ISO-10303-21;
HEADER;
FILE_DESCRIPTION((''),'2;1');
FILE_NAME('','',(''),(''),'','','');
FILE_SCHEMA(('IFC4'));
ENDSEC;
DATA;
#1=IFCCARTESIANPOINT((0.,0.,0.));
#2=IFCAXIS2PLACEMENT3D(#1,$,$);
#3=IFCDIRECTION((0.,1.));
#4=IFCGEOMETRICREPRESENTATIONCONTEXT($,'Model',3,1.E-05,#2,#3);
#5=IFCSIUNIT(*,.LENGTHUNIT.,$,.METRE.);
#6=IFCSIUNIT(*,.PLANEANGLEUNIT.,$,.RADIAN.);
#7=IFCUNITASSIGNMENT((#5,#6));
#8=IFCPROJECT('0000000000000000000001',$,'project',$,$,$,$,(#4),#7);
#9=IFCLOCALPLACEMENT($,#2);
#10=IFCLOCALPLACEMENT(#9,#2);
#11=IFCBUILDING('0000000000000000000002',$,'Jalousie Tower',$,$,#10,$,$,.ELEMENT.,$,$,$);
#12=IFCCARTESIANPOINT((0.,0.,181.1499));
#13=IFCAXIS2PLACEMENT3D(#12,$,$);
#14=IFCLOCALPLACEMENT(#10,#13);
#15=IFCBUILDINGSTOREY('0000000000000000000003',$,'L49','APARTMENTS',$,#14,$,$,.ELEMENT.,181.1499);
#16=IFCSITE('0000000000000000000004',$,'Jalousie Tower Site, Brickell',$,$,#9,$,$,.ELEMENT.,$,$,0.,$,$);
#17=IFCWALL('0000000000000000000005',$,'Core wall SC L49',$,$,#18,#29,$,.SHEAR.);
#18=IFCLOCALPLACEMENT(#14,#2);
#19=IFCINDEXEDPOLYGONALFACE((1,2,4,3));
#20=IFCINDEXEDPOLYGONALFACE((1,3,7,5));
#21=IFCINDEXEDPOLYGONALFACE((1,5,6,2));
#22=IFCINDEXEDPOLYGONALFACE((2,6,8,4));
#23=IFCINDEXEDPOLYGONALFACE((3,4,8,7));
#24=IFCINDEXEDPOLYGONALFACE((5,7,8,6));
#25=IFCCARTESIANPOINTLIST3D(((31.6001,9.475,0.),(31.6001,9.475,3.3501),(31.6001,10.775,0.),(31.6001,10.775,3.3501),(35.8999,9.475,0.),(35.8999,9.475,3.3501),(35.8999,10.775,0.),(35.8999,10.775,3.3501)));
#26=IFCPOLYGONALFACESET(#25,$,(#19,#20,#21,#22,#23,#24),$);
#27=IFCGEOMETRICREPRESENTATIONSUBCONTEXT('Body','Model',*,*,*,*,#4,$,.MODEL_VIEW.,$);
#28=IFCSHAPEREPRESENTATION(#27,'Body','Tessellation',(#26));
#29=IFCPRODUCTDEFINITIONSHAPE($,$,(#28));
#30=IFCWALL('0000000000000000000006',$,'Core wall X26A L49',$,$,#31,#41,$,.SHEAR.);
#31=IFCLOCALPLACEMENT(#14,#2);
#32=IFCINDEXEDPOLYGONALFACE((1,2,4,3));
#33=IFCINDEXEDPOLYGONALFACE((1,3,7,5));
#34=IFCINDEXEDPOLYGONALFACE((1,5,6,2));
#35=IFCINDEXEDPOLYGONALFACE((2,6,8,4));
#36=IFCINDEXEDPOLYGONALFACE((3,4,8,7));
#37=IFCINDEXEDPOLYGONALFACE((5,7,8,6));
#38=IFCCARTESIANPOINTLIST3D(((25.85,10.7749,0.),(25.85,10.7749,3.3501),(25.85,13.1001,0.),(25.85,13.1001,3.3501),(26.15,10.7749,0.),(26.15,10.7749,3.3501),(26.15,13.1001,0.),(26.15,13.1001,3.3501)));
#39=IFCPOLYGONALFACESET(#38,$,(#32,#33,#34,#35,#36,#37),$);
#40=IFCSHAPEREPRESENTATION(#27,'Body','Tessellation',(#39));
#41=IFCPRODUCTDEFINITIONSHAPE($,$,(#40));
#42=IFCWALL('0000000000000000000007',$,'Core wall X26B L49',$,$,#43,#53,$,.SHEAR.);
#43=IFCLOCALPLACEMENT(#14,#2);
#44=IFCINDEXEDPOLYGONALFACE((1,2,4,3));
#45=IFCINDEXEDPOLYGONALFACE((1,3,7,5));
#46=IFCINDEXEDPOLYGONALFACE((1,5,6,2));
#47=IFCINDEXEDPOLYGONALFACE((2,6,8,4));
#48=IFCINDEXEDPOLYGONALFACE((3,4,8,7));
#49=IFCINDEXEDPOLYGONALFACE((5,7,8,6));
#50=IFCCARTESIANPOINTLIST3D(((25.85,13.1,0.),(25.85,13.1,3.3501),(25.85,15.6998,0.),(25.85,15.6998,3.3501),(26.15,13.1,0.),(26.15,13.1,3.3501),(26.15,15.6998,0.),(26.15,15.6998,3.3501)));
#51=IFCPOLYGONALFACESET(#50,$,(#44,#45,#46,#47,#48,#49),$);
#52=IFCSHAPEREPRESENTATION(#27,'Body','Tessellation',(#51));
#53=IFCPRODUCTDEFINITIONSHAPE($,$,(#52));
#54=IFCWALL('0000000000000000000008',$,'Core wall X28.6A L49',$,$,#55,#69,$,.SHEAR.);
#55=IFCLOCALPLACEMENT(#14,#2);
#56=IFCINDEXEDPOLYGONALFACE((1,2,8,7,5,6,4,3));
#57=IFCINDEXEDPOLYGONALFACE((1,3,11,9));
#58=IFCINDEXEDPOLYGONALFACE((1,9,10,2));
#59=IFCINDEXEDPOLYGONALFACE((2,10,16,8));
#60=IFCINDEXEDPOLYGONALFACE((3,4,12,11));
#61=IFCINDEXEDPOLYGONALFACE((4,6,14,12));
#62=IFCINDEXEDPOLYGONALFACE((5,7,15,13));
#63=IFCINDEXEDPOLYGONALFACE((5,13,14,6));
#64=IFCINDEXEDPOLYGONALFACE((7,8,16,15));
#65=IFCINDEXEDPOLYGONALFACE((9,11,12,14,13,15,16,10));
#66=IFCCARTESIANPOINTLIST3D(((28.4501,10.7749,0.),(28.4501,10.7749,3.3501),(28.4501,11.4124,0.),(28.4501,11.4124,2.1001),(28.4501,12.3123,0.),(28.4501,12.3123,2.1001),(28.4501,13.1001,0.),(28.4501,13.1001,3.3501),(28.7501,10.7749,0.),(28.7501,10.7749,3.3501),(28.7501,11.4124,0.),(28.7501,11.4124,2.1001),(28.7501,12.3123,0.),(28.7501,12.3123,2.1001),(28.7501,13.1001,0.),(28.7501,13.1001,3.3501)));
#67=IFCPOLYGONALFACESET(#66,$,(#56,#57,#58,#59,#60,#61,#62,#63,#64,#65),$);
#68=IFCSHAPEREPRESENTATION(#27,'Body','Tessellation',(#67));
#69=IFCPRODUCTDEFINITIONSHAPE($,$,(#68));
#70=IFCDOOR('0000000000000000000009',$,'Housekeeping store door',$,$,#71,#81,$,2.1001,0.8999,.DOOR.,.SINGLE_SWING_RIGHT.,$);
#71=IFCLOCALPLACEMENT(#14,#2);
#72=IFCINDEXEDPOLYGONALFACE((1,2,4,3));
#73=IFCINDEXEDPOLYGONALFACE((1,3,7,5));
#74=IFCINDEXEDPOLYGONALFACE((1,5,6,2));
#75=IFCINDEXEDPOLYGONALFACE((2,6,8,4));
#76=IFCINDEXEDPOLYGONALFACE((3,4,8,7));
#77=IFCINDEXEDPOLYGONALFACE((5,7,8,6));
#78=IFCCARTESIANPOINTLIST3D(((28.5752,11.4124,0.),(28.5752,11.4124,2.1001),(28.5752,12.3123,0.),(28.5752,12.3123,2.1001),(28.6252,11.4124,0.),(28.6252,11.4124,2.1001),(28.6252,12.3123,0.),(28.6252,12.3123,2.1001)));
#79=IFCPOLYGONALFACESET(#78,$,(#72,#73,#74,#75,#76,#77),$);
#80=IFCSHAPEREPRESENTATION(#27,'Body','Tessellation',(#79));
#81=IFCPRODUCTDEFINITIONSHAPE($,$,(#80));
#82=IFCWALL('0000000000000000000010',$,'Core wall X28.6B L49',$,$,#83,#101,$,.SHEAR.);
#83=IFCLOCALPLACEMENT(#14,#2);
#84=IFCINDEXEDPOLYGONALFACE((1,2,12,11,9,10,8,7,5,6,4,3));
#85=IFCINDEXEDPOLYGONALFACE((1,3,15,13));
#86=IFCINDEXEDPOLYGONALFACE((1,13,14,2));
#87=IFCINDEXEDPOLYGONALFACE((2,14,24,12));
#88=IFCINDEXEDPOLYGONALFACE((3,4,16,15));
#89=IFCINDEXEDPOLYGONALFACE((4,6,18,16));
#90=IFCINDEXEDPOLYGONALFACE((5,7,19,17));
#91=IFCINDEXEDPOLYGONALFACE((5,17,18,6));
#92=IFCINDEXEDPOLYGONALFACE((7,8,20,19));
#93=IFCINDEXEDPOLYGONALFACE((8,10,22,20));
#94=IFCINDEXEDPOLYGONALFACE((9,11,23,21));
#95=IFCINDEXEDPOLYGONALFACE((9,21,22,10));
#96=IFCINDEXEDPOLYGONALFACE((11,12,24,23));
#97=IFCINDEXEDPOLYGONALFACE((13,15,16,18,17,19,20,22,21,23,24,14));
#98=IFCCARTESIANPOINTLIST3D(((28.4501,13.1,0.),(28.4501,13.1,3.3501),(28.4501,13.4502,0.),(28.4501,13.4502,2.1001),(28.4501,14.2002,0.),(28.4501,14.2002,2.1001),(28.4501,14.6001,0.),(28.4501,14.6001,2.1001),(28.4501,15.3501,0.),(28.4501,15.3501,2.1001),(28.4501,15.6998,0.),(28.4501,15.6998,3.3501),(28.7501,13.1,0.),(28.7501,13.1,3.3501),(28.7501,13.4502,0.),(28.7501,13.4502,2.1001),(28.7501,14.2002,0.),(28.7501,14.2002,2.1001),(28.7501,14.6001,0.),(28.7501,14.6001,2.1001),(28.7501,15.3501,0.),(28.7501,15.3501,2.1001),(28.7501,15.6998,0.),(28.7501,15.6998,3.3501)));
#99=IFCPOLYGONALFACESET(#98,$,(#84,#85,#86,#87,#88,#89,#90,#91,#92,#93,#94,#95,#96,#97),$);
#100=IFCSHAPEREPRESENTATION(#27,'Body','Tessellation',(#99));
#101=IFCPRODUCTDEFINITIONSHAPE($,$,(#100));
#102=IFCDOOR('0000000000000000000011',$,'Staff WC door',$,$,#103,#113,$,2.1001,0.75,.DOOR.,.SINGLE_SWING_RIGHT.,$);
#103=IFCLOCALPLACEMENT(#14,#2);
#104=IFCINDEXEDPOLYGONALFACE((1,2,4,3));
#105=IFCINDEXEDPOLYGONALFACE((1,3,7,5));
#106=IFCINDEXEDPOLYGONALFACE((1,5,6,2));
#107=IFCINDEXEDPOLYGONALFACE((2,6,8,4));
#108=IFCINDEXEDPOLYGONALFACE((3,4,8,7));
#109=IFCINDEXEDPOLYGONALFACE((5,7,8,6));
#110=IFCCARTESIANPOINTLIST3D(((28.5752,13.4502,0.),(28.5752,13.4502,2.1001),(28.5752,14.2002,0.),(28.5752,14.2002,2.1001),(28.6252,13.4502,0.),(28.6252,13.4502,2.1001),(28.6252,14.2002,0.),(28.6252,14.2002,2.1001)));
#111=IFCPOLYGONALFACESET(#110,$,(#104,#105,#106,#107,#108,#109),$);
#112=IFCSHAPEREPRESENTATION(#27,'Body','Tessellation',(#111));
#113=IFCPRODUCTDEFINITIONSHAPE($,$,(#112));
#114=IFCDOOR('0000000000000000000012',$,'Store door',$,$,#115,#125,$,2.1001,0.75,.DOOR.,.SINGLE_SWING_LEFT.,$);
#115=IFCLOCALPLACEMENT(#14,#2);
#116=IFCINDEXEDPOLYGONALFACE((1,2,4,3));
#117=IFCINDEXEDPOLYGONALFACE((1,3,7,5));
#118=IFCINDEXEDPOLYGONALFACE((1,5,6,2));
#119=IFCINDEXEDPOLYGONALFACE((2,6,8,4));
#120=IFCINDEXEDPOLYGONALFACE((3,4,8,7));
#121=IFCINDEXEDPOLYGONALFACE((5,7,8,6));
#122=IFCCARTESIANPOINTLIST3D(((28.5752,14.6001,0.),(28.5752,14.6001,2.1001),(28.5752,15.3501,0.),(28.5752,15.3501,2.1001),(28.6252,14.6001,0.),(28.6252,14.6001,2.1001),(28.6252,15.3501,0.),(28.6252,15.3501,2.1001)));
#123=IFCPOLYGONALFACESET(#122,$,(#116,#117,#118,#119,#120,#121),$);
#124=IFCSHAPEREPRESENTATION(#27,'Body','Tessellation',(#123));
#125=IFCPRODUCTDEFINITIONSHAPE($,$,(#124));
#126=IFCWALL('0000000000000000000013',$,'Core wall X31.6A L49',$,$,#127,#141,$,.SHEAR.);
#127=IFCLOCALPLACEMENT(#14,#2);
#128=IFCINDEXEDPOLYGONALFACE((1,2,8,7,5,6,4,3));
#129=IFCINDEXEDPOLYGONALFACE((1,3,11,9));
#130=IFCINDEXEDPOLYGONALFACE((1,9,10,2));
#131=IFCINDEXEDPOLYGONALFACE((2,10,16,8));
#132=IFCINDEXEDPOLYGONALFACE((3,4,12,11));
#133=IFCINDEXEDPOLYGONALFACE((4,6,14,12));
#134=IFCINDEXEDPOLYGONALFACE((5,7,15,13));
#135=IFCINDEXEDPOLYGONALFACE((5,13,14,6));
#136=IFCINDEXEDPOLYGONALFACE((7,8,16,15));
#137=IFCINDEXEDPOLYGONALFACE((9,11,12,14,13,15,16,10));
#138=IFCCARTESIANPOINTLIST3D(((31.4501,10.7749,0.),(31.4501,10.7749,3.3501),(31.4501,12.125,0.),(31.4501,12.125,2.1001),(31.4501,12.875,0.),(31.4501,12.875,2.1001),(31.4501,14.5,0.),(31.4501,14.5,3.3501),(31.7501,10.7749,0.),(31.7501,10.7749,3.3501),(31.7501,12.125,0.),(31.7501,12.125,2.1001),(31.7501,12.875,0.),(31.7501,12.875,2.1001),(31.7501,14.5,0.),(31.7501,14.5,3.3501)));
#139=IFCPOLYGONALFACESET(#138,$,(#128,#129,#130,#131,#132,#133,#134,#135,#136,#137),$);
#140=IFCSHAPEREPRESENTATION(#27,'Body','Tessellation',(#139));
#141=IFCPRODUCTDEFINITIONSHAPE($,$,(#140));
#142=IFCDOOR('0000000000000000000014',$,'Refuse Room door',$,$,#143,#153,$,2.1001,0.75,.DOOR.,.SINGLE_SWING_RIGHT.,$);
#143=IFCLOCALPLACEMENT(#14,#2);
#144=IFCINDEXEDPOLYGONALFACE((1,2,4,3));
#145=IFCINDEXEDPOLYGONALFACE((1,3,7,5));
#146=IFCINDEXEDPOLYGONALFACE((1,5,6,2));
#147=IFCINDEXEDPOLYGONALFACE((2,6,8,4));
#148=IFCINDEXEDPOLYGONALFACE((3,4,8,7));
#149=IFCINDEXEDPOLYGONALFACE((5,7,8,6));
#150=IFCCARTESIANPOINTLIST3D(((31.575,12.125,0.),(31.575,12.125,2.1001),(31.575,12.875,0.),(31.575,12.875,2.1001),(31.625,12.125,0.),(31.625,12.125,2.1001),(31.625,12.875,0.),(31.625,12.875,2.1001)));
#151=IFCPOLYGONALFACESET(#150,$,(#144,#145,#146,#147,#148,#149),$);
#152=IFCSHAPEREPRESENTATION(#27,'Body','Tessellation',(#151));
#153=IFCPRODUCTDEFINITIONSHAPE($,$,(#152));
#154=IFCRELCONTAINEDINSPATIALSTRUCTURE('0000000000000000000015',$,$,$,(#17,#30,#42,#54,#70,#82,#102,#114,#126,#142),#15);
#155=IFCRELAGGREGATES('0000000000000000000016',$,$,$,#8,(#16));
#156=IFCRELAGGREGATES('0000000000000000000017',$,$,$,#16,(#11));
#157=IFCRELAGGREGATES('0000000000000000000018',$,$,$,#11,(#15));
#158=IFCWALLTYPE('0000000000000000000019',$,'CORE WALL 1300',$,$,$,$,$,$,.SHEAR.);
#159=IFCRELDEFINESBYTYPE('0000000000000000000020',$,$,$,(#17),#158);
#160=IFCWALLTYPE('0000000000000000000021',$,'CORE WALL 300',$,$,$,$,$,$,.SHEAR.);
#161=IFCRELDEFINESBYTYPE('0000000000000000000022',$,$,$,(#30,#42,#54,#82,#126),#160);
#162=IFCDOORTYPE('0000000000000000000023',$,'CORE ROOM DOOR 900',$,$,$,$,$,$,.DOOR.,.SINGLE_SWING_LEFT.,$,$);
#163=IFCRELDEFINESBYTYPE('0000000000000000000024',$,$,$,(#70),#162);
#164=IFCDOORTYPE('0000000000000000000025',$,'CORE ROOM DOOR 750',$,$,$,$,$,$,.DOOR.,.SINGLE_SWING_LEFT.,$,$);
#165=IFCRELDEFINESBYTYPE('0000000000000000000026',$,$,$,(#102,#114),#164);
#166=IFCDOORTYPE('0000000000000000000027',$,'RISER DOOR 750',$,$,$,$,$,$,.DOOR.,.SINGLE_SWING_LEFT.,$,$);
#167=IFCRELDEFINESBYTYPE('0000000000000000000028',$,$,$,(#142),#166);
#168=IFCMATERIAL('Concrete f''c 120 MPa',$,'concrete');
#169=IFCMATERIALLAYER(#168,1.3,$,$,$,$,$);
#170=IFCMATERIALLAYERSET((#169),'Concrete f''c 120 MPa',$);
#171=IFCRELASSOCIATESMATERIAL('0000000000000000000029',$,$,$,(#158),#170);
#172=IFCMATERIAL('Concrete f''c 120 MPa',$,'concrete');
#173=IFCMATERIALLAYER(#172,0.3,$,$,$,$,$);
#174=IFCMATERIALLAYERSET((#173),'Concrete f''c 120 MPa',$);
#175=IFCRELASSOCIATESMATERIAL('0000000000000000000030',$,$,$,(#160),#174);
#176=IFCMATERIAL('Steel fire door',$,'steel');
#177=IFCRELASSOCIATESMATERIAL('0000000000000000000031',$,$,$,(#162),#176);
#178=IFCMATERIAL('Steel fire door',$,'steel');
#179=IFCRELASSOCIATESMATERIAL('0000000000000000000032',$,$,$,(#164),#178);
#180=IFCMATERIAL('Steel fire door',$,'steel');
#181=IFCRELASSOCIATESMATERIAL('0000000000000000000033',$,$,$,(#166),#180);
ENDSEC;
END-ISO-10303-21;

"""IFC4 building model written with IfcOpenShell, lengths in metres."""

from ifc_helpers import new_model, si_unit, direction, frame, frame_2d, origin, place, context, subcontext, project, spatial, rectangle, extrude, material, layer, layer_set, type_object, element, fill, save


model = new_model("IFC4")

# Units and contexts
model_context = context("Model", 3, precision=1e-05, world=origin(), true_north=direction((0.0, 1.0)))
body_context = subcontext(model_context, "Body", "Model", "MODEL_VIEW")
ifc_project = project(units=[si_unit("LENGTHUNIT", "METRE"), si_unit("PLANEANGLEUNIT", "RADIAN")], contexts=[model_context])

# Site, building, storey
site_placement = place(None, origin())
site = spatial("IfcSite", under=ifc_project, at=site_placement, Name="Jalousie Tower Site, Brickell", CompositionType="ELEMENT", RefElevation=0.0)
building_placement = place(site_placement, origin())
building = spatial("IfcBuilding", under=site, at=building_placement, Name="Jalousie Tower", CompositionType="ELEMENT")
storey_placement = place(building_placement, frame((0.0, 0.0, 181.1499)))
storey = spatial("IfcBuildingStorey", under=building, at=storey_placement, Name="L49", Description="APARTMENTS", CompositionType="ELEMENT", Elevation=181.1499)

# Walls
ifc_material_1 = material(Name="Concrete f'c 120 MPa", Category="concrete")
ifc_layer_1 = layer(ifc_material_1, 1.3)
ifc_layer_set_1 = layer_set([ifc_layer_1], Name="Concrete f'c 120 MPa")
wall_type_1 = type_object("IfcWallType", Name="CORE WALL 1300", PredefinedType="SHEAR", material=ifc_layer_set_1)
wall_1_placement = place(storey_placement, frame((31.6001, 10.125, 0.0), z_axis=(0.0, 0.0, 1.0), x_axis=(1.0, 0.0, 0.0)))
element("IfcWall", 1, at=wall_1_placement, inside=storey, type_object=wall_type_1, Name="Core wall SC L49", PredefinedType="SHEAR", context=body_context, shape_type="SweptSolid", body=[
    extrude(rectangle(XDim=4.2998, YDim=1.3, at=frame_2d((2.1499, 0.0))), origin(), (0.0, 0.0, 1.0), 3.3501),
])
ifc_material_2 = material(Name="Concrete f'c 120 MPa", Category="concrete")
ifc_layer_2 = layer(ifc_material_2, 0.3)
ifc_layer_set_2 = layer_set([ifc_layer_2], Name="Concrete f'c 120 MPa")
wall_type_2 = type_object("IfcWallType", Name="CORE WALL 300", PredefinedType="SHEAR", material=ifc_layer_set_2)
wall_2_placement = place(storey_placement, frame((26.0, 10.7749, 0.0), z_axis=(0.0, 0.0, 1.0), x_axis=(0.0, 1.0, 0.0)))
element("IfcWall", 2, at=wall_2_placement, inside=storey, type_object=wall_type_2, Name="Core wall X26A L49", PredefinedType="SHEAR", context=body_context, shape_type="SweptSolid", body=[
    extrude(rectangle(XDim=2.3252, YDim=0.3, at=frame_2d((1.1626, 0.0))), origin(), (0.0, 0.0, 1.0), 3.3501),
])
wall_3_placement = place(storey_placement, frame((26.0, 13.1001, 0.0), z_axis=(0.0, 0.0, 1.0), x_axis=(0.0, 1.0, 0.0)))
element("IfcWall", 3, at=wall_3_placement, inside=storey, type_object=wall_type_2, Name="Core wall X26B L49", PredefinedType="SHEAR", context=body_context, shape_type="SweptSolid", body=[
    extrude(rectangle(XDim=2.5999, YDim=0.3, at=frame_2d((1.2998, 0.0))), origin(), (0.0, 0.0, 1.0), 3.3501),
])

# Wall, opening, door
wall_4_placement = place(storey_placement, frame((28.6001, 10.7749, 0.0), z_axis=(0.0, 0.0, 1.0), x_axis=(0.0, 1.0, 0.0)))
wall_4 = element("IfcWall", 4, at=wall_4_placement, inside=storey, type_object=wall_type_2, Name="Core wall X28.6A L49", PredefinedType="SHEAR", context=body_context, shape_type="SweptSolid", body=[
    extrude(rectangle(XDim=2.3252, YDim=0.3, at=frame_2d((1.1626, 0.0))), origin(), (0.0, 0.0, 1.0), 3.3501),
])
opening_1_placement = place(wall_4_placement, frame((0.6375, 0.0, 0.0)))
opening_1 = element("IfcOpeningElement", 5, at=opening_1_placement, cuts=wall_4, PredefinedType="OPENING", context=body_context, shape_type="SweptSolid", body=[
    extrude(rectangle(XDim=0.8999, YDim=2.1001, at=frame_2d((0.45, 1.05))), frame((0.0, 0.1599, 0.0), z_axis=(0.0, -1.0, 0.0), x_axis=(1.0, 0.0, 0.0)), (0.0, 0.0, 1.0), 0.3201),
])
ifc_material_3 = material(Name="Steel fire door", Category="steel")
door_type_1 = type_object("IfcDoorType", Name="CORE ROOM DOOR 900", OperationType="SINGLE_SWING_LEFT", PredefinedType="DOOR", material=ifc_material_3)
door_1_placement = place(opening_1_placement, origin())
door_1 = element("IfcDoor", 6, at=door_1_placement, inside=storey, type_object=door_type_1, Name="Housekeeping store door", OperationType="SINGLE_SWING_RIGHT", OverallHeight=2.1001, OverallWidth=0.8999, PredefinedType="DOOR", context=body_context, shape_type="SweptSolid", body=[
    extrude(rectangle(XDim=0.8999, YDim=2.1001, at=frame_2d((0.45, 1.05))), frame((0.0, 0.0249, 0.0), z_axis=(0.0, -1.0, 0.0), x_axis=(1.0, 0.0, 0.0)), (0.0, 0.0, 1.0), 0.05),
])
fill(opening_1, door_1)

# Wall, openings, doors
wall_5_placement = place(storey_placement, frame((28.6001, 13.1001, 0.0), z_axis=(0.0, 0.0, 1.0), x_axis=(0.0, 1.0, 0.0)))
wall_5 = element("IfcWall", 7, at=wall_5_placement, inside=storey, type_object=wall_type_2, Name="Core wall X28.6B L49", PredefinedType="SHEAR", context=body_context, shape_type="SweptSolid", body=[
    extrude(rectangle(XDim=2.5999, YDim=0.3, at=frame_2d((1.2998, 0.0))), origin(), (0.0, 0.0, 1.0), 3.3501),
])
opening_2_placement = place(wall_5_placement, frame((0.3501, 0.0, 0.0)))
opening_2 = element("IfcOpeningElement", 8, at=opening_2_placement, cuts=wall_5, PredefinedType="OPENING", context=body_context, shape_type="SweptSolid", body=[
    extrude(rectangle(XDim=0.75, YDim=2.1001, at=frame_2d((0.375, 1.05))), frame((0.0, 0.1599, 0.0), z_axis=(0.0, -1.0, 0.0), x_axis=(1.0, 0.0, 0.0)), (0.0, 0.0, 1.0), 0.3201),
])
opening_3_placement = place(wall_5_placement, frame((1.5, 0.0, 0.0)))
opening_3 = element("IfcOpeningElement", 9, at=opening_3_placement, cuts=wall_5, PredefinedType="OPENING", context=body_context, shape_type="SweptSolid", body=[
    extrude(rectangle(XDim=0.75, YDim=2.1001, at=frame_2d((0.375, 1.05))), frame((0.0, 0.1599, 0.0), z_axis=(0.0, -1.0, 0.0), x_axis=(1.0, 0.0, 0.0)), (0.0, 0.0, 1.0), 0.3201),
])
ifc_material_4 = material(Name="Steel fire door", Category="steel")
door_type_2 = type_object("IfcDoorType", Name="CORE ROOM DOOR 750", OperationType="SINGLE_SWING_LEFT", PredefinedType="DOOR", material=ifc_material_4)
door_2_placement = place(opening_2_placement, origin())
door_2 = element("IfcDoor", 10, at=door_2_placement, inside=storey, type_object=door_type_2, Name="Staff WC door", OperationType="SINGLE_SWING_RIGHT", OverallHeight=2.1001, OverallWidth=0.75, PredefinedType="DOOR", context=body_context, shape_type="SweptSolid", body=[
    extrude(rectangle(XDim=0.75, YDim=2.1001, at=frame_2d((0.375, 1.05))), frame((0.0, 0.0249, 0.0), z_axis=(0.0, -1.0, 0.0), x_axis=(1.0, 0.0, 0.0)), (0.0, 0.0, 1.0), 0.05),
])
fill(opening_2, door_2)
door_3_placement = place(opening_3_placement, origin())
door_3 = element("IfcDoor", 11, at=door_3_placement, inside=storey, type_object=door_type_2, Name="Store door", OperationType="SINGLE_SWING_LEFT", OverallHeight=2.1001, OverallWidth=0.75, PredefinedType="DOOR", context=body_context, shape_type="SweptSolid", body=[
    extrude(rectangle(XDim=0.75, YDim=2.1001, at=frame_2d((0.375, 1.05))), frame((0.0, 0.0249, 0.0), z_axis=(0.0, -1.0, 0.0), x_axis=(1.0, 0.0, 0.0)), (0.0, 0.0, 1.0), 0.05),
])
fill(opening_3, door_3)

# Wall, opening, door
wall_6_placement = place(storey_placement, frame((31.6001, 10.7749, 0.0), z_axis=(0.0, 0.0, 1.0), x_axis=(0.0, 1.0, 0.0)))
wall_6 = element("IfcWall", 12, at=wall_6_placement, inside=storey, type_object=wall_type_2, Name="Core wall X31.6A L49", PredefinedType="SHEAR", context=body_context, shape_type="SweptSolid", body=[
    extrude(rectangle(XDim=3.7251, YDim=0.3, at=frame_2d((1.8625, 0.0))), origin(), (0.0, 0.0, 1.0), 3.3501),
])
opening_4_placement = place(wall_6_placement, frame((1.3501, 0.0, 0.0)))
opening_4 = element("IfcOpeningElement", 13, at=opening_4_placement, cuts=wall_6, PredefinedType="OPENING", context=body_context, shape_type="SweptSolid", body=[
    extrude(rectangle(XDim=0.75, YDim=2.1001, at=frame_2d((0.375, 1.05))), frame((0.0, 0.1599, 0.0), z_axis=(0.0, -1.0, 0.0), x_axis=(1.0, 0.0, 0.0)), (0.0, 0.0, 1.0), 0.3201),
])
ifc_material_5 = material(Name="Steel fire door", Category="steel")
door_type_3 = type_object("IfcDoorType", Name="RISER DOOR 750", OperationType="SINGLE_SWING_LEFT", PredefinedType="DOOR", material=ifc_material_5)
door_4_placement = place(opening_4_placement, frame((0.75, 0.0, 0.0), z_axis=(0.0, 0.0, 1.0), x_axis=(-1.0, 0.0, 0.0)))
door_4 = element("IfcDoor", 14, at=door_4_placement, inside=storey, type_object=door_type_3, Name="Refuse Room door", OperationType="SINGLE_SWING_RIGHT", OverallHeight=2.1001, OverallWidth=0.75, PredefinedType="DOOR", context=body_context, shape_type="SweptSolid", body=[
    extrude(rectangle(XDim=0.75, YDim=2.1001, at=frame_2d((0.375, 1.05))), frame((0.0, 0.0249, 0.0), z_axis=(0.0, -1.0, 0.0), x_axis=(1.0, 0.0, 0.0)), (0.0, 0.0, 1.0), 0.05),
])
fill(opening_4, door_4)

save(model, "model.ifc")
